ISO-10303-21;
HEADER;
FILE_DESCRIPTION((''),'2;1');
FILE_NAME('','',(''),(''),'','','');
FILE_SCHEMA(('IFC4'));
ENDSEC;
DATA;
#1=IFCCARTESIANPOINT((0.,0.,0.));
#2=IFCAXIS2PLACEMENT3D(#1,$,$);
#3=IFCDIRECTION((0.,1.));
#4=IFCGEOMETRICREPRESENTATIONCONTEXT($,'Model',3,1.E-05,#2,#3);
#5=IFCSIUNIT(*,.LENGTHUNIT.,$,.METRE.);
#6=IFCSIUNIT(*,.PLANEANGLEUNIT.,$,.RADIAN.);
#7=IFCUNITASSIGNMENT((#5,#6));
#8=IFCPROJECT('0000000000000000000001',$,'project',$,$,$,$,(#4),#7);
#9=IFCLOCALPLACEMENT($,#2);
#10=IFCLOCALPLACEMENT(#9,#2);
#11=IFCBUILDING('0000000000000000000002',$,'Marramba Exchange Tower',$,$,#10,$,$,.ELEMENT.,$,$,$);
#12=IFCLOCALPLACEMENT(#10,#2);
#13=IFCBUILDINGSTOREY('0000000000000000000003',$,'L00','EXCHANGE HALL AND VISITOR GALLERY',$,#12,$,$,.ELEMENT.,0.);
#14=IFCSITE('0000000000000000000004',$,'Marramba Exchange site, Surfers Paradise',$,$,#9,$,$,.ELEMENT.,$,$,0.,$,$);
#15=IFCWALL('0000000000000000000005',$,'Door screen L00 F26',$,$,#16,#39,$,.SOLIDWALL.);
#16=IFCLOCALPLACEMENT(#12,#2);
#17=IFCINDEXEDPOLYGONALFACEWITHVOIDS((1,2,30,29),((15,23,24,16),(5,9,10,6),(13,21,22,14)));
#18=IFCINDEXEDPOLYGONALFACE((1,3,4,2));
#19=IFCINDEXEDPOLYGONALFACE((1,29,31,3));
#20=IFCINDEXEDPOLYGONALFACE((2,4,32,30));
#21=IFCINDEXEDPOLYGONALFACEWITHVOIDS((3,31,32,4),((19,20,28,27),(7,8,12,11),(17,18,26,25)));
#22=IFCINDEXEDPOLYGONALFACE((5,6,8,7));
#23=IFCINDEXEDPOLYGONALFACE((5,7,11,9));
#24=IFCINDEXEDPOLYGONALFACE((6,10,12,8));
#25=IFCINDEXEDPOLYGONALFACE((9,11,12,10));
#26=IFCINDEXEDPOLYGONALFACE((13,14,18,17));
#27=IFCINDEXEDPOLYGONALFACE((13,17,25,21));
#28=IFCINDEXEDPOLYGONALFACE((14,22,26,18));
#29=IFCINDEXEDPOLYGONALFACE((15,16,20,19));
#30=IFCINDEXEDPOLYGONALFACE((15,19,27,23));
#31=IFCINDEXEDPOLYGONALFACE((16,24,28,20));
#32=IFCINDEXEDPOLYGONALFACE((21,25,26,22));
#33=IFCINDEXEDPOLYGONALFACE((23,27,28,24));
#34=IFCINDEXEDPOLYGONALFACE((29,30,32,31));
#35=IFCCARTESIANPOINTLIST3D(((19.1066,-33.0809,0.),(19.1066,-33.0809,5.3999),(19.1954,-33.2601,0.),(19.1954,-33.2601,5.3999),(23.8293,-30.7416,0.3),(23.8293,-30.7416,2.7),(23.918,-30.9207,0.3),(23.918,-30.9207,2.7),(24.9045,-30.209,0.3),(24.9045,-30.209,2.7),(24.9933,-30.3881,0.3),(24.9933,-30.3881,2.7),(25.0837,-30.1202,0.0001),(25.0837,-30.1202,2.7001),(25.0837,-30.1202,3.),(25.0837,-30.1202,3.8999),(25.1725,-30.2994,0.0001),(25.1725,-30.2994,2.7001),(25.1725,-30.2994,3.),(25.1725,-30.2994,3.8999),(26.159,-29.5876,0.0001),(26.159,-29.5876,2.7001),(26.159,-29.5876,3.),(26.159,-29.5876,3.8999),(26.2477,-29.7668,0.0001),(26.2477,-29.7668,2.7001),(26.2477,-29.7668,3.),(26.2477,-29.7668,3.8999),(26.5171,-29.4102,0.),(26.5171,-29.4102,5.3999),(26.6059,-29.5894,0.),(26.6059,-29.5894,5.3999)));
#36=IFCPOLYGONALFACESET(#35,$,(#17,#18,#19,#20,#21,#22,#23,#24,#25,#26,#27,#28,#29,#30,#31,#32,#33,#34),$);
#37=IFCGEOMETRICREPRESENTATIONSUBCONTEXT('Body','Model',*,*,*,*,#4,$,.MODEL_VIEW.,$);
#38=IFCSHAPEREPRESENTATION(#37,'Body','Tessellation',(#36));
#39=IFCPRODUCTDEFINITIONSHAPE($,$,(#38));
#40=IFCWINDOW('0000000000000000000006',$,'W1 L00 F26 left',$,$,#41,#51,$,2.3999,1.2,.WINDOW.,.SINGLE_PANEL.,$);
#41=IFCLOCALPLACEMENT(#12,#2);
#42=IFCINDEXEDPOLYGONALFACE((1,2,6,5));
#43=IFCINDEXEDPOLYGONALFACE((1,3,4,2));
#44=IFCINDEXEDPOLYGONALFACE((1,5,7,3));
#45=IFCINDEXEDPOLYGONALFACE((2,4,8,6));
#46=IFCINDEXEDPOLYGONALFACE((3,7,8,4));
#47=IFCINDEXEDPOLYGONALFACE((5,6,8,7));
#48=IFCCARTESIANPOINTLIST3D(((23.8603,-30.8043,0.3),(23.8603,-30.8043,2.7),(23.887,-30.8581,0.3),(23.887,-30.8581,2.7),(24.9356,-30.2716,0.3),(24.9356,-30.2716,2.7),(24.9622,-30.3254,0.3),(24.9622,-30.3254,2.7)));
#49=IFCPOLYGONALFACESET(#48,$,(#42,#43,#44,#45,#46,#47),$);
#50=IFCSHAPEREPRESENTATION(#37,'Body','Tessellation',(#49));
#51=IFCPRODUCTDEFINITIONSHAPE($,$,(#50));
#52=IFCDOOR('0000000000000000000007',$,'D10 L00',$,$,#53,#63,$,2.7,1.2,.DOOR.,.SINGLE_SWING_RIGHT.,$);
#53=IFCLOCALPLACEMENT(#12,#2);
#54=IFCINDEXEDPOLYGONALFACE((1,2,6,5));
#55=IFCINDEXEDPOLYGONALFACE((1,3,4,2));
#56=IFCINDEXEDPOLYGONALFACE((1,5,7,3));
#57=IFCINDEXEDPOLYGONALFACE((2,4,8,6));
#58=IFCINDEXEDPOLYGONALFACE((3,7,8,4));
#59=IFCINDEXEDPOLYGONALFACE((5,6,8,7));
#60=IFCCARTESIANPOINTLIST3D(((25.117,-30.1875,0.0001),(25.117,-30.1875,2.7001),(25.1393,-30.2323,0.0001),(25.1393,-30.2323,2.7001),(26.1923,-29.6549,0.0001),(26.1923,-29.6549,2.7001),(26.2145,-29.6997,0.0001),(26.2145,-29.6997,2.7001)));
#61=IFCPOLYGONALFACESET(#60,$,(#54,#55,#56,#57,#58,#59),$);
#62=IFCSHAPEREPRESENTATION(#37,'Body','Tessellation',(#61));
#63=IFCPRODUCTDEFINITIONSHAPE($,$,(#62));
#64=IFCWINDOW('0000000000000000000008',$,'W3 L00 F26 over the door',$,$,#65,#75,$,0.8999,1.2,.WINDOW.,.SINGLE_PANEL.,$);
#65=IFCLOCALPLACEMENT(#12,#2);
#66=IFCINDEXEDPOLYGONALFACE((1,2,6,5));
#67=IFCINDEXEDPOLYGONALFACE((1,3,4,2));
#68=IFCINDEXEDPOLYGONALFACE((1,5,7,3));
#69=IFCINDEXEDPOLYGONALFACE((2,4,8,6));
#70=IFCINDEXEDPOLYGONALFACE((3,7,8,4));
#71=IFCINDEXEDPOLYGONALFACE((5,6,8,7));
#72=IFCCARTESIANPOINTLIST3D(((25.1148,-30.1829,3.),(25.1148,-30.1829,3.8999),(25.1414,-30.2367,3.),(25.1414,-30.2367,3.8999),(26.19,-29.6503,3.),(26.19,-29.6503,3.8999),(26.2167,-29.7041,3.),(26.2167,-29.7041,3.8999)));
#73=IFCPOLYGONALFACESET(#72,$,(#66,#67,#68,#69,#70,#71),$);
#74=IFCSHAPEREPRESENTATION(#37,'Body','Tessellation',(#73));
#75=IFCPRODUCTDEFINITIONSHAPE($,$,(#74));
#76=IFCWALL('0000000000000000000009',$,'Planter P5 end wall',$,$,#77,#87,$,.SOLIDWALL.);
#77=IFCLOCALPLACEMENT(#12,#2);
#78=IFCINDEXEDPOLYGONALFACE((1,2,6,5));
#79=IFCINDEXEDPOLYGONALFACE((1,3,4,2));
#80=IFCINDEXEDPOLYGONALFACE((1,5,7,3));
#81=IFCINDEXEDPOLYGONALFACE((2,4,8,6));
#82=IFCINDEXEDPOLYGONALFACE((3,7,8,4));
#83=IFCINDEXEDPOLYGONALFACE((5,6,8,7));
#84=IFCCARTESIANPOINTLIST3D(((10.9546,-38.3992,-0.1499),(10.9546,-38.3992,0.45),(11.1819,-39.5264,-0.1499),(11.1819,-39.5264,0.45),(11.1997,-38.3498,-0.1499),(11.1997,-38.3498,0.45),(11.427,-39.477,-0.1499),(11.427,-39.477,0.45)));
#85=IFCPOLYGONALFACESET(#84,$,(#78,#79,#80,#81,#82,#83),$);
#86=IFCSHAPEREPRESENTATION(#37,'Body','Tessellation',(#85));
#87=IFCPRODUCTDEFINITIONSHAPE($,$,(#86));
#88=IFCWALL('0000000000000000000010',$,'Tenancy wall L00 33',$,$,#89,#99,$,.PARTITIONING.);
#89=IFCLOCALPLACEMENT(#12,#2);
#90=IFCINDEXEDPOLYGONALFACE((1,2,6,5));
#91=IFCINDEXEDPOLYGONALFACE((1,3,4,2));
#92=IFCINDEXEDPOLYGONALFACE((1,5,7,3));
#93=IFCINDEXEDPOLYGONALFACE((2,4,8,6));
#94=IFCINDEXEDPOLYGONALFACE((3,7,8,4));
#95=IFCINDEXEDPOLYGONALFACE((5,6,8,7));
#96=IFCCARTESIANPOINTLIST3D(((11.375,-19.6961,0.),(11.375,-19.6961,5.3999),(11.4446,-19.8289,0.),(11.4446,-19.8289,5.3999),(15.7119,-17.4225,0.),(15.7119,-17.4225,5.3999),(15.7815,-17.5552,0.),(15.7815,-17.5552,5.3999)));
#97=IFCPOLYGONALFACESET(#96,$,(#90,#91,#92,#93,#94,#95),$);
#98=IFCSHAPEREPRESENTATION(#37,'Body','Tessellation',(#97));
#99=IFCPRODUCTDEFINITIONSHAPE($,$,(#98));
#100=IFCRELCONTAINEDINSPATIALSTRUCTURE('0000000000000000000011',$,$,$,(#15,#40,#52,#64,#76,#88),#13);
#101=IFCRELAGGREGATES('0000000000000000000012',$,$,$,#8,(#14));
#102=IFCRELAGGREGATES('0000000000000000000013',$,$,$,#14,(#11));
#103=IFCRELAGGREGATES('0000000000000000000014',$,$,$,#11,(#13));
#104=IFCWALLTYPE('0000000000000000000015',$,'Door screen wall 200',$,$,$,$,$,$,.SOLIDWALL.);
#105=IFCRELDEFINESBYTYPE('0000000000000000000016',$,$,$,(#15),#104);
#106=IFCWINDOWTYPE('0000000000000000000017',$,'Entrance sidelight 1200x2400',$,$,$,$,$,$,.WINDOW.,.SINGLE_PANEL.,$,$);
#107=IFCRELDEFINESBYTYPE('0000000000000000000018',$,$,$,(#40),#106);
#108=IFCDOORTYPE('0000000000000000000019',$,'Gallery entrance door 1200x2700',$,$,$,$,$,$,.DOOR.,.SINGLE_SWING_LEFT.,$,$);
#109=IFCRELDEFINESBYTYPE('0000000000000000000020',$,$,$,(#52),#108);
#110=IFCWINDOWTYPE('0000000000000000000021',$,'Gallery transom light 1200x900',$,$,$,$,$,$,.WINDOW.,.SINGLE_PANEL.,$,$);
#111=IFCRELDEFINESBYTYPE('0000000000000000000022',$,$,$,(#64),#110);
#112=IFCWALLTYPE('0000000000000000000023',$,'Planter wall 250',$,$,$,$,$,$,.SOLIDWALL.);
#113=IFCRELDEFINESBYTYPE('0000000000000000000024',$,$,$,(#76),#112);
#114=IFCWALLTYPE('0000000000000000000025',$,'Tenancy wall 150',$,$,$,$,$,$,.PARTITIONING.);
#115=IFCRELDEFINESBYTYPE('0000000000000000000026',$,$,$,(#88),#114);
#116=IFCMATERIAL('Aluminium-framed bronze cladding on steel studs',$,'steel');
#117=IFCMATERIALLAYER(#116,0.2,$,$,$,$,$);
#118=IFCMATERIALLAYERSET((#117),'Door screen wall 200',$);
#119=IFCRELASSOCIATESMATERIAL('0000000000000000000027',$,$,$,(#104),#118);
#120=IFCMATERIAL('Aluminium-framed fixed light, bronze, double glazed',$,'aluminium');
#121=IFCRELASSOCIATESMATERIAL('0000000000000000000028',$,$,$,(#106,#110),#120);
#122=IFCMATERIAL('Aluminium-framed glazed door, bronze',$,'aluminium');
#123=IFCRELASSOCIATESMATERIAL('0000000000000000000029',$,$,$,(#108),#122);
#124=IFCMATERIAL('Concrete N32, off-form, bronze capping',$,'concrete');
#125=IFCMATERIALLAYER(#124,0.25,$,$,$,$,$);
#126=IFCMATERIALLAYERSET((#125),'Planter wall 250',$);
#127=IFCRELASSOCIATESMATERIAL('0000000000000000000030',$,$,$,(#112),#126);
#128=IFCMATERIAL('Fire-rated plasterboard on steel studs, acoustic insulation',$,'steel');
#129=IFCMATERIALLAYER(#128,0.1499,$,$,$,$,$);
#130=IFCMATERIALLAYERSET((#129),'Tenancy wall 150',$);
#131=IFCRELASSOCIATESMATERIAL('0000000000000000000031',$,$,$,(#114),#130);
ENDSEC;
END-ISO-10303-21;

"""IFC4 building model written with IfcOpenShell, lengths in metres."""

from ifc_helpers import new_model, si_unit, direction, frame, frame_2d, origin, place, context, subcontext, project, spatial, rectangle, extrude, material, layer, layer_set, type_object, element, fill, save


model = new_model("IFC4")

# Units and contexts
model_context = context("Model", 3, precision=1e-05, world=origin(), true_north=direction((0.0, 1.0)))
body_context = subcontext(model_context, "Body", "Model", "MODEL_VIEW")
ifc_project = project(units=[si_unit("LENGTHUNIT", "METRE"), si_unit("PLANEANGLEUNIT", "RADIAN")], contexts=[model_context])

# Site, building, storey
site_placement = place(None, origin())
site = spatial("IfcSite", under=ifc_project, at=site_placement, Name="Marramba Exchange site, Surfers Paradise", CompositionType="ELEMENT", RefElevation=0.0)
building_placement = place(site_placement, origin())
building = spatial("IfcBuilding", under=site, at=building_placement, Name="Marramba Exchange Tower", CompositionType="ELEMENT")
storey_placement = place(building_placement, origin())
storey = spatial("IfcBuildingStorey", under=building, at=storey_placement, Name="L00", Description="EXCHANGE HALL AND VISITOR GALLERY", CompositionType="ELEMENT", Elevation=0.0)

# Wall, openings, windows, door
ifc_material_1 = material(Name="Aluminium-framed bronze cladding on steel studs", Category="steel")
ifc_layer_1 = layer(ifc_material_1, 0.2)
ifc_layer_set_1 = layer_set([ifc_layer_1], Name="Door screen wall 200")
wall_type_1 = type_object("IfcWallType", Name="Door screen wall 200", PredefinedType="SOLIDWALL", material=ifc_layer_set_1)
ifc_material_2 = material(Name="Aluminium-framed fixed light, bronze, double glazed", Category="aluminium")
window_type_1 = type_object("IfcWindowType", Name="Entrance sidelight 1200x2400", PartitioningType="SINGLE_PANEL", PredefinedType="WINDOW", material=ifc_material_2)
ifc_material_3 = material(Name="Aluminium-framed glazed door, bronze", Category="aluminium")
door_type = type_object("IfcDoorType", Name="Gallery entrance door 1200x2700", OperationType="SINGLE_SWING_LEFT", PredefinedType="DOOR", material=ifc_material_3)
window_type_2 = type_object("IfcWindowType", Name="Gallery transom light 1200x900", PartitioningType="SINGLE_PANEL", PredefinedType="WINDOW", material=ifc_material_2)
wall_1_placement = place(storey_placement, frame((19.1511, -33.1704, 0.0), z_axis=(0.0, 0.0, 1.0), x_axis=(0.896092, 0.443869, 0.0)))
wall_1 = element("IfcWall", 1, at=wall_1_placement, inside=storey, type_object=wall_type_1, Name="Door screen L00 F26", PredefinedType="SOLIDWALL", context=body_context, shape_type="SweptSolid", body=[
    extrude(rectangle(XDim=8.2698, YDim=0.2, at=frame_2d((4.1348, 0.0))), origin(), (0.0, 0.0, 1.0), 5.3999),
])
opening_1_placement = place(wall_1_placement, frame((6.6699, 0.0, 0.0)))
opening_1 = element("IfcOpeningElement", 2, at=opening_1_placement, cuts=wall_1, PredefinedType="OPENING", context=body_context, shape_type="SweptSolid", body=[
    extrude(rectangle(XDim=1.2, YDim=2.7, at=frame_2d((0.6001, 1.3501))), frame((0.0, 0.1099, 0.0), z_axis=(0.0, -1.0, 0.0), x_axis=(1.0, 0.0, 0.0)), (0.0, 0.0, 1.0), 0.22),
])
opening_2_placement = place(wall_1_placement, frame((5.27, 0.0, 0.3)))
opening_2 = element("IfcOpeningElement", 3, at=opening_2_placement, cuts=wall_1, PredefinedType="OPENING", context=body_context, shape_type="SweptSolid", body=[
    extrude(rectangle(XDim=1.2, YDim=2.3999, at=frame_2d((0.6001, 1.2))), frame((0.0, 0.1099, 0.0), z_axis=(0.0, -1.0, 0.0), x_axis=(1.0, 0.0, 0.0)), (0.0, 0.0, 1.0), 0.22),
])
opening_3_placement = place(wall_1_placement, frame((6.6699, 0.0, 3.0)))
opening_3 = element("IfcOpeningElement", 4, at=opening_3_placement, cuts=wall_1, PredefinedType="OPENING", context=body_context, shape_type="SweptSolid", body=[
    extrude(rectangle(XDim=1.2, YDim=0.8999, at=frame_2d((0.6001, 0.45))), frame((0.0, 0.1099, 0.0), z_axis=(0.0, -1.0, 0.0), x_axis=(1.0, 0.0, 0.0)), (0.0, 0.0, 1.0), 0.22),
])
window_1_placement = place(opening_2_placement, origin())
window_1 = element("IfcWindow", 5, at=window_1_placement, inside=storey, type_object=window_type_1, Name="W1 L00 F26 left", OverallHeight=2.3999, OverallWidth=1.2, PartitioningType="SINGLE_PANEL", PredefinedType="WINDOW", context=body_context, shape_type="SweptSolid", body=[
    extrude(rectangle(XDim=1.2, YDim=2.3999, at=frame_2d((0.6001, 1.2))), frame((0.0, 0.03, 0.0), z_axis=(0.0, -1.0, 0.0), x_axis=(1.0, 0.0, 0.0)), (0.0, 0.0, 1.0), 0.0601),
])
fill(opening_2, window_1)
door_1_placement = place(opening_1_placement, frame((1.2, 0.0, 0.0), z_axis=(0.0, 0.0, 1.0), x_axis=(-1.0, 0.0, 0.0)))
door_1 = element("IfcDoor", 6, at=door_1_placement, inside=storey, type_object=door_type, Name="D10 L00", OperationType="SINGLE_SWING_RIGHT", OverallHeight=2.7, OverallWidth=1.2, PredefinedType="DOOR", context=body_context, shape_type="SweptSolid", body=[
    extrude(rectangle(XDim=1.2, YDim=2.7, at=frame_2d((0.5999, 1.3501))), frame((0.0, 0.0251, 0.0), z_axis=(0.0, -1.0, 0.0), x_axis=(1.0, 0.0, 0.0)), (0.0, 0.0, 1.0), 0.05),
])
fill(opening_1, door_1)
window_2_placement = place(opening_3_placement, origin())
window_2 = element("IfcWindow", 7, at=window_2_placement, inside=storey, type_object=window_type_2, Name="W3 L00 F26 over the door", OverallHeight=0.8999, OverallWidth=1.2, PartitioningType="SINGLE_PANEL", PredefinedType="WINDOW", context=body_context, shape_type="SweptSolid", body=[
    extrude(rectangle(XDim=1.2, YDim=0.8999, at=frame_2d((0.6001, 0.45))), frame((0.0, 0.03, 0.0), z_axis=(0.0, -1.0, 0.0), x_axis=(1.0, 0.0, 0.0)), (0.0, 0.0, 1.0), 0.0601),
])
fill(opening_3, window_2)

# Walls
ifc_material_4 = material(Name="Concrete N32, off-form, bronze capping", Category="concrete")
ifc_layer_2 = layer(ifc_material_4, 0.25)
ifc_layer_set_2 = layer_set([ifc_layer_2], Name="Planter wall 250")
wall_type_2 = type_object("IfcWallType", Name="Planter wall 250", PredefinedType="SOLIDWALL", material=ifc_layer_set_2)
wall_2_placement = place(storey_placement, frame((11.0771, -38.3745, -0.1499), z_axis=(0.0, 0.0, 1.0), x_axis=(0.197667, -0.980269, 0.0)))
element("IfcWall", 8, at=wall_2_placement, inside=storey, type_object=wall_type_2, Name="Planter P5 end wall", PredefinedType="SOLIDWALL", context=body_context, shape_type="SweptSolid", body=[
    extrude(rectangle(XDim=1.1499, YDim=0.25, at=frame_2d((0.575, 0.0))), origin(), (0.0, 0.0, 1.0), 0.5999),
])
ifc_material_5 = material(Name="Fire-rated plasterboard on steel studs, acoustic insulation", Category="steel")
ifc_layer_3 = layer(ifc_material_5, 0.1499)
ifc_layer_set_3 = layer_set([ifc_layer_3], Name="Tenancy wall 150")
wall_type_3 = type_object("IfcWallType", Name="Tenancy wall 150", PredefinedType="PARTITIONING", material=ifc_layer_set_3)
wall_3_placement = place(storey_placement, frame((11.4099, -19.7625, 0.0), z_axis=(0.0, 0.0, 1.0), x_axis=(0.885667, 0.464322, 0.0)))
element("IfcWall", 9, at=wall_3_placement, inside=storey, type_object=wall_type_3, Name="Tenancy wall L00 33", PredefinedType="PARTITIONING", context=body_context, shape_type="SweptSolid", body=[
    extrude(rectangle(XDim=4.8967, YDim=0.1499, at=frame_2d((2.4482, 0.0))), origin(), (0.0, 0.0, 1.0), 5.3999),
])

save(model, "model.ifc")
